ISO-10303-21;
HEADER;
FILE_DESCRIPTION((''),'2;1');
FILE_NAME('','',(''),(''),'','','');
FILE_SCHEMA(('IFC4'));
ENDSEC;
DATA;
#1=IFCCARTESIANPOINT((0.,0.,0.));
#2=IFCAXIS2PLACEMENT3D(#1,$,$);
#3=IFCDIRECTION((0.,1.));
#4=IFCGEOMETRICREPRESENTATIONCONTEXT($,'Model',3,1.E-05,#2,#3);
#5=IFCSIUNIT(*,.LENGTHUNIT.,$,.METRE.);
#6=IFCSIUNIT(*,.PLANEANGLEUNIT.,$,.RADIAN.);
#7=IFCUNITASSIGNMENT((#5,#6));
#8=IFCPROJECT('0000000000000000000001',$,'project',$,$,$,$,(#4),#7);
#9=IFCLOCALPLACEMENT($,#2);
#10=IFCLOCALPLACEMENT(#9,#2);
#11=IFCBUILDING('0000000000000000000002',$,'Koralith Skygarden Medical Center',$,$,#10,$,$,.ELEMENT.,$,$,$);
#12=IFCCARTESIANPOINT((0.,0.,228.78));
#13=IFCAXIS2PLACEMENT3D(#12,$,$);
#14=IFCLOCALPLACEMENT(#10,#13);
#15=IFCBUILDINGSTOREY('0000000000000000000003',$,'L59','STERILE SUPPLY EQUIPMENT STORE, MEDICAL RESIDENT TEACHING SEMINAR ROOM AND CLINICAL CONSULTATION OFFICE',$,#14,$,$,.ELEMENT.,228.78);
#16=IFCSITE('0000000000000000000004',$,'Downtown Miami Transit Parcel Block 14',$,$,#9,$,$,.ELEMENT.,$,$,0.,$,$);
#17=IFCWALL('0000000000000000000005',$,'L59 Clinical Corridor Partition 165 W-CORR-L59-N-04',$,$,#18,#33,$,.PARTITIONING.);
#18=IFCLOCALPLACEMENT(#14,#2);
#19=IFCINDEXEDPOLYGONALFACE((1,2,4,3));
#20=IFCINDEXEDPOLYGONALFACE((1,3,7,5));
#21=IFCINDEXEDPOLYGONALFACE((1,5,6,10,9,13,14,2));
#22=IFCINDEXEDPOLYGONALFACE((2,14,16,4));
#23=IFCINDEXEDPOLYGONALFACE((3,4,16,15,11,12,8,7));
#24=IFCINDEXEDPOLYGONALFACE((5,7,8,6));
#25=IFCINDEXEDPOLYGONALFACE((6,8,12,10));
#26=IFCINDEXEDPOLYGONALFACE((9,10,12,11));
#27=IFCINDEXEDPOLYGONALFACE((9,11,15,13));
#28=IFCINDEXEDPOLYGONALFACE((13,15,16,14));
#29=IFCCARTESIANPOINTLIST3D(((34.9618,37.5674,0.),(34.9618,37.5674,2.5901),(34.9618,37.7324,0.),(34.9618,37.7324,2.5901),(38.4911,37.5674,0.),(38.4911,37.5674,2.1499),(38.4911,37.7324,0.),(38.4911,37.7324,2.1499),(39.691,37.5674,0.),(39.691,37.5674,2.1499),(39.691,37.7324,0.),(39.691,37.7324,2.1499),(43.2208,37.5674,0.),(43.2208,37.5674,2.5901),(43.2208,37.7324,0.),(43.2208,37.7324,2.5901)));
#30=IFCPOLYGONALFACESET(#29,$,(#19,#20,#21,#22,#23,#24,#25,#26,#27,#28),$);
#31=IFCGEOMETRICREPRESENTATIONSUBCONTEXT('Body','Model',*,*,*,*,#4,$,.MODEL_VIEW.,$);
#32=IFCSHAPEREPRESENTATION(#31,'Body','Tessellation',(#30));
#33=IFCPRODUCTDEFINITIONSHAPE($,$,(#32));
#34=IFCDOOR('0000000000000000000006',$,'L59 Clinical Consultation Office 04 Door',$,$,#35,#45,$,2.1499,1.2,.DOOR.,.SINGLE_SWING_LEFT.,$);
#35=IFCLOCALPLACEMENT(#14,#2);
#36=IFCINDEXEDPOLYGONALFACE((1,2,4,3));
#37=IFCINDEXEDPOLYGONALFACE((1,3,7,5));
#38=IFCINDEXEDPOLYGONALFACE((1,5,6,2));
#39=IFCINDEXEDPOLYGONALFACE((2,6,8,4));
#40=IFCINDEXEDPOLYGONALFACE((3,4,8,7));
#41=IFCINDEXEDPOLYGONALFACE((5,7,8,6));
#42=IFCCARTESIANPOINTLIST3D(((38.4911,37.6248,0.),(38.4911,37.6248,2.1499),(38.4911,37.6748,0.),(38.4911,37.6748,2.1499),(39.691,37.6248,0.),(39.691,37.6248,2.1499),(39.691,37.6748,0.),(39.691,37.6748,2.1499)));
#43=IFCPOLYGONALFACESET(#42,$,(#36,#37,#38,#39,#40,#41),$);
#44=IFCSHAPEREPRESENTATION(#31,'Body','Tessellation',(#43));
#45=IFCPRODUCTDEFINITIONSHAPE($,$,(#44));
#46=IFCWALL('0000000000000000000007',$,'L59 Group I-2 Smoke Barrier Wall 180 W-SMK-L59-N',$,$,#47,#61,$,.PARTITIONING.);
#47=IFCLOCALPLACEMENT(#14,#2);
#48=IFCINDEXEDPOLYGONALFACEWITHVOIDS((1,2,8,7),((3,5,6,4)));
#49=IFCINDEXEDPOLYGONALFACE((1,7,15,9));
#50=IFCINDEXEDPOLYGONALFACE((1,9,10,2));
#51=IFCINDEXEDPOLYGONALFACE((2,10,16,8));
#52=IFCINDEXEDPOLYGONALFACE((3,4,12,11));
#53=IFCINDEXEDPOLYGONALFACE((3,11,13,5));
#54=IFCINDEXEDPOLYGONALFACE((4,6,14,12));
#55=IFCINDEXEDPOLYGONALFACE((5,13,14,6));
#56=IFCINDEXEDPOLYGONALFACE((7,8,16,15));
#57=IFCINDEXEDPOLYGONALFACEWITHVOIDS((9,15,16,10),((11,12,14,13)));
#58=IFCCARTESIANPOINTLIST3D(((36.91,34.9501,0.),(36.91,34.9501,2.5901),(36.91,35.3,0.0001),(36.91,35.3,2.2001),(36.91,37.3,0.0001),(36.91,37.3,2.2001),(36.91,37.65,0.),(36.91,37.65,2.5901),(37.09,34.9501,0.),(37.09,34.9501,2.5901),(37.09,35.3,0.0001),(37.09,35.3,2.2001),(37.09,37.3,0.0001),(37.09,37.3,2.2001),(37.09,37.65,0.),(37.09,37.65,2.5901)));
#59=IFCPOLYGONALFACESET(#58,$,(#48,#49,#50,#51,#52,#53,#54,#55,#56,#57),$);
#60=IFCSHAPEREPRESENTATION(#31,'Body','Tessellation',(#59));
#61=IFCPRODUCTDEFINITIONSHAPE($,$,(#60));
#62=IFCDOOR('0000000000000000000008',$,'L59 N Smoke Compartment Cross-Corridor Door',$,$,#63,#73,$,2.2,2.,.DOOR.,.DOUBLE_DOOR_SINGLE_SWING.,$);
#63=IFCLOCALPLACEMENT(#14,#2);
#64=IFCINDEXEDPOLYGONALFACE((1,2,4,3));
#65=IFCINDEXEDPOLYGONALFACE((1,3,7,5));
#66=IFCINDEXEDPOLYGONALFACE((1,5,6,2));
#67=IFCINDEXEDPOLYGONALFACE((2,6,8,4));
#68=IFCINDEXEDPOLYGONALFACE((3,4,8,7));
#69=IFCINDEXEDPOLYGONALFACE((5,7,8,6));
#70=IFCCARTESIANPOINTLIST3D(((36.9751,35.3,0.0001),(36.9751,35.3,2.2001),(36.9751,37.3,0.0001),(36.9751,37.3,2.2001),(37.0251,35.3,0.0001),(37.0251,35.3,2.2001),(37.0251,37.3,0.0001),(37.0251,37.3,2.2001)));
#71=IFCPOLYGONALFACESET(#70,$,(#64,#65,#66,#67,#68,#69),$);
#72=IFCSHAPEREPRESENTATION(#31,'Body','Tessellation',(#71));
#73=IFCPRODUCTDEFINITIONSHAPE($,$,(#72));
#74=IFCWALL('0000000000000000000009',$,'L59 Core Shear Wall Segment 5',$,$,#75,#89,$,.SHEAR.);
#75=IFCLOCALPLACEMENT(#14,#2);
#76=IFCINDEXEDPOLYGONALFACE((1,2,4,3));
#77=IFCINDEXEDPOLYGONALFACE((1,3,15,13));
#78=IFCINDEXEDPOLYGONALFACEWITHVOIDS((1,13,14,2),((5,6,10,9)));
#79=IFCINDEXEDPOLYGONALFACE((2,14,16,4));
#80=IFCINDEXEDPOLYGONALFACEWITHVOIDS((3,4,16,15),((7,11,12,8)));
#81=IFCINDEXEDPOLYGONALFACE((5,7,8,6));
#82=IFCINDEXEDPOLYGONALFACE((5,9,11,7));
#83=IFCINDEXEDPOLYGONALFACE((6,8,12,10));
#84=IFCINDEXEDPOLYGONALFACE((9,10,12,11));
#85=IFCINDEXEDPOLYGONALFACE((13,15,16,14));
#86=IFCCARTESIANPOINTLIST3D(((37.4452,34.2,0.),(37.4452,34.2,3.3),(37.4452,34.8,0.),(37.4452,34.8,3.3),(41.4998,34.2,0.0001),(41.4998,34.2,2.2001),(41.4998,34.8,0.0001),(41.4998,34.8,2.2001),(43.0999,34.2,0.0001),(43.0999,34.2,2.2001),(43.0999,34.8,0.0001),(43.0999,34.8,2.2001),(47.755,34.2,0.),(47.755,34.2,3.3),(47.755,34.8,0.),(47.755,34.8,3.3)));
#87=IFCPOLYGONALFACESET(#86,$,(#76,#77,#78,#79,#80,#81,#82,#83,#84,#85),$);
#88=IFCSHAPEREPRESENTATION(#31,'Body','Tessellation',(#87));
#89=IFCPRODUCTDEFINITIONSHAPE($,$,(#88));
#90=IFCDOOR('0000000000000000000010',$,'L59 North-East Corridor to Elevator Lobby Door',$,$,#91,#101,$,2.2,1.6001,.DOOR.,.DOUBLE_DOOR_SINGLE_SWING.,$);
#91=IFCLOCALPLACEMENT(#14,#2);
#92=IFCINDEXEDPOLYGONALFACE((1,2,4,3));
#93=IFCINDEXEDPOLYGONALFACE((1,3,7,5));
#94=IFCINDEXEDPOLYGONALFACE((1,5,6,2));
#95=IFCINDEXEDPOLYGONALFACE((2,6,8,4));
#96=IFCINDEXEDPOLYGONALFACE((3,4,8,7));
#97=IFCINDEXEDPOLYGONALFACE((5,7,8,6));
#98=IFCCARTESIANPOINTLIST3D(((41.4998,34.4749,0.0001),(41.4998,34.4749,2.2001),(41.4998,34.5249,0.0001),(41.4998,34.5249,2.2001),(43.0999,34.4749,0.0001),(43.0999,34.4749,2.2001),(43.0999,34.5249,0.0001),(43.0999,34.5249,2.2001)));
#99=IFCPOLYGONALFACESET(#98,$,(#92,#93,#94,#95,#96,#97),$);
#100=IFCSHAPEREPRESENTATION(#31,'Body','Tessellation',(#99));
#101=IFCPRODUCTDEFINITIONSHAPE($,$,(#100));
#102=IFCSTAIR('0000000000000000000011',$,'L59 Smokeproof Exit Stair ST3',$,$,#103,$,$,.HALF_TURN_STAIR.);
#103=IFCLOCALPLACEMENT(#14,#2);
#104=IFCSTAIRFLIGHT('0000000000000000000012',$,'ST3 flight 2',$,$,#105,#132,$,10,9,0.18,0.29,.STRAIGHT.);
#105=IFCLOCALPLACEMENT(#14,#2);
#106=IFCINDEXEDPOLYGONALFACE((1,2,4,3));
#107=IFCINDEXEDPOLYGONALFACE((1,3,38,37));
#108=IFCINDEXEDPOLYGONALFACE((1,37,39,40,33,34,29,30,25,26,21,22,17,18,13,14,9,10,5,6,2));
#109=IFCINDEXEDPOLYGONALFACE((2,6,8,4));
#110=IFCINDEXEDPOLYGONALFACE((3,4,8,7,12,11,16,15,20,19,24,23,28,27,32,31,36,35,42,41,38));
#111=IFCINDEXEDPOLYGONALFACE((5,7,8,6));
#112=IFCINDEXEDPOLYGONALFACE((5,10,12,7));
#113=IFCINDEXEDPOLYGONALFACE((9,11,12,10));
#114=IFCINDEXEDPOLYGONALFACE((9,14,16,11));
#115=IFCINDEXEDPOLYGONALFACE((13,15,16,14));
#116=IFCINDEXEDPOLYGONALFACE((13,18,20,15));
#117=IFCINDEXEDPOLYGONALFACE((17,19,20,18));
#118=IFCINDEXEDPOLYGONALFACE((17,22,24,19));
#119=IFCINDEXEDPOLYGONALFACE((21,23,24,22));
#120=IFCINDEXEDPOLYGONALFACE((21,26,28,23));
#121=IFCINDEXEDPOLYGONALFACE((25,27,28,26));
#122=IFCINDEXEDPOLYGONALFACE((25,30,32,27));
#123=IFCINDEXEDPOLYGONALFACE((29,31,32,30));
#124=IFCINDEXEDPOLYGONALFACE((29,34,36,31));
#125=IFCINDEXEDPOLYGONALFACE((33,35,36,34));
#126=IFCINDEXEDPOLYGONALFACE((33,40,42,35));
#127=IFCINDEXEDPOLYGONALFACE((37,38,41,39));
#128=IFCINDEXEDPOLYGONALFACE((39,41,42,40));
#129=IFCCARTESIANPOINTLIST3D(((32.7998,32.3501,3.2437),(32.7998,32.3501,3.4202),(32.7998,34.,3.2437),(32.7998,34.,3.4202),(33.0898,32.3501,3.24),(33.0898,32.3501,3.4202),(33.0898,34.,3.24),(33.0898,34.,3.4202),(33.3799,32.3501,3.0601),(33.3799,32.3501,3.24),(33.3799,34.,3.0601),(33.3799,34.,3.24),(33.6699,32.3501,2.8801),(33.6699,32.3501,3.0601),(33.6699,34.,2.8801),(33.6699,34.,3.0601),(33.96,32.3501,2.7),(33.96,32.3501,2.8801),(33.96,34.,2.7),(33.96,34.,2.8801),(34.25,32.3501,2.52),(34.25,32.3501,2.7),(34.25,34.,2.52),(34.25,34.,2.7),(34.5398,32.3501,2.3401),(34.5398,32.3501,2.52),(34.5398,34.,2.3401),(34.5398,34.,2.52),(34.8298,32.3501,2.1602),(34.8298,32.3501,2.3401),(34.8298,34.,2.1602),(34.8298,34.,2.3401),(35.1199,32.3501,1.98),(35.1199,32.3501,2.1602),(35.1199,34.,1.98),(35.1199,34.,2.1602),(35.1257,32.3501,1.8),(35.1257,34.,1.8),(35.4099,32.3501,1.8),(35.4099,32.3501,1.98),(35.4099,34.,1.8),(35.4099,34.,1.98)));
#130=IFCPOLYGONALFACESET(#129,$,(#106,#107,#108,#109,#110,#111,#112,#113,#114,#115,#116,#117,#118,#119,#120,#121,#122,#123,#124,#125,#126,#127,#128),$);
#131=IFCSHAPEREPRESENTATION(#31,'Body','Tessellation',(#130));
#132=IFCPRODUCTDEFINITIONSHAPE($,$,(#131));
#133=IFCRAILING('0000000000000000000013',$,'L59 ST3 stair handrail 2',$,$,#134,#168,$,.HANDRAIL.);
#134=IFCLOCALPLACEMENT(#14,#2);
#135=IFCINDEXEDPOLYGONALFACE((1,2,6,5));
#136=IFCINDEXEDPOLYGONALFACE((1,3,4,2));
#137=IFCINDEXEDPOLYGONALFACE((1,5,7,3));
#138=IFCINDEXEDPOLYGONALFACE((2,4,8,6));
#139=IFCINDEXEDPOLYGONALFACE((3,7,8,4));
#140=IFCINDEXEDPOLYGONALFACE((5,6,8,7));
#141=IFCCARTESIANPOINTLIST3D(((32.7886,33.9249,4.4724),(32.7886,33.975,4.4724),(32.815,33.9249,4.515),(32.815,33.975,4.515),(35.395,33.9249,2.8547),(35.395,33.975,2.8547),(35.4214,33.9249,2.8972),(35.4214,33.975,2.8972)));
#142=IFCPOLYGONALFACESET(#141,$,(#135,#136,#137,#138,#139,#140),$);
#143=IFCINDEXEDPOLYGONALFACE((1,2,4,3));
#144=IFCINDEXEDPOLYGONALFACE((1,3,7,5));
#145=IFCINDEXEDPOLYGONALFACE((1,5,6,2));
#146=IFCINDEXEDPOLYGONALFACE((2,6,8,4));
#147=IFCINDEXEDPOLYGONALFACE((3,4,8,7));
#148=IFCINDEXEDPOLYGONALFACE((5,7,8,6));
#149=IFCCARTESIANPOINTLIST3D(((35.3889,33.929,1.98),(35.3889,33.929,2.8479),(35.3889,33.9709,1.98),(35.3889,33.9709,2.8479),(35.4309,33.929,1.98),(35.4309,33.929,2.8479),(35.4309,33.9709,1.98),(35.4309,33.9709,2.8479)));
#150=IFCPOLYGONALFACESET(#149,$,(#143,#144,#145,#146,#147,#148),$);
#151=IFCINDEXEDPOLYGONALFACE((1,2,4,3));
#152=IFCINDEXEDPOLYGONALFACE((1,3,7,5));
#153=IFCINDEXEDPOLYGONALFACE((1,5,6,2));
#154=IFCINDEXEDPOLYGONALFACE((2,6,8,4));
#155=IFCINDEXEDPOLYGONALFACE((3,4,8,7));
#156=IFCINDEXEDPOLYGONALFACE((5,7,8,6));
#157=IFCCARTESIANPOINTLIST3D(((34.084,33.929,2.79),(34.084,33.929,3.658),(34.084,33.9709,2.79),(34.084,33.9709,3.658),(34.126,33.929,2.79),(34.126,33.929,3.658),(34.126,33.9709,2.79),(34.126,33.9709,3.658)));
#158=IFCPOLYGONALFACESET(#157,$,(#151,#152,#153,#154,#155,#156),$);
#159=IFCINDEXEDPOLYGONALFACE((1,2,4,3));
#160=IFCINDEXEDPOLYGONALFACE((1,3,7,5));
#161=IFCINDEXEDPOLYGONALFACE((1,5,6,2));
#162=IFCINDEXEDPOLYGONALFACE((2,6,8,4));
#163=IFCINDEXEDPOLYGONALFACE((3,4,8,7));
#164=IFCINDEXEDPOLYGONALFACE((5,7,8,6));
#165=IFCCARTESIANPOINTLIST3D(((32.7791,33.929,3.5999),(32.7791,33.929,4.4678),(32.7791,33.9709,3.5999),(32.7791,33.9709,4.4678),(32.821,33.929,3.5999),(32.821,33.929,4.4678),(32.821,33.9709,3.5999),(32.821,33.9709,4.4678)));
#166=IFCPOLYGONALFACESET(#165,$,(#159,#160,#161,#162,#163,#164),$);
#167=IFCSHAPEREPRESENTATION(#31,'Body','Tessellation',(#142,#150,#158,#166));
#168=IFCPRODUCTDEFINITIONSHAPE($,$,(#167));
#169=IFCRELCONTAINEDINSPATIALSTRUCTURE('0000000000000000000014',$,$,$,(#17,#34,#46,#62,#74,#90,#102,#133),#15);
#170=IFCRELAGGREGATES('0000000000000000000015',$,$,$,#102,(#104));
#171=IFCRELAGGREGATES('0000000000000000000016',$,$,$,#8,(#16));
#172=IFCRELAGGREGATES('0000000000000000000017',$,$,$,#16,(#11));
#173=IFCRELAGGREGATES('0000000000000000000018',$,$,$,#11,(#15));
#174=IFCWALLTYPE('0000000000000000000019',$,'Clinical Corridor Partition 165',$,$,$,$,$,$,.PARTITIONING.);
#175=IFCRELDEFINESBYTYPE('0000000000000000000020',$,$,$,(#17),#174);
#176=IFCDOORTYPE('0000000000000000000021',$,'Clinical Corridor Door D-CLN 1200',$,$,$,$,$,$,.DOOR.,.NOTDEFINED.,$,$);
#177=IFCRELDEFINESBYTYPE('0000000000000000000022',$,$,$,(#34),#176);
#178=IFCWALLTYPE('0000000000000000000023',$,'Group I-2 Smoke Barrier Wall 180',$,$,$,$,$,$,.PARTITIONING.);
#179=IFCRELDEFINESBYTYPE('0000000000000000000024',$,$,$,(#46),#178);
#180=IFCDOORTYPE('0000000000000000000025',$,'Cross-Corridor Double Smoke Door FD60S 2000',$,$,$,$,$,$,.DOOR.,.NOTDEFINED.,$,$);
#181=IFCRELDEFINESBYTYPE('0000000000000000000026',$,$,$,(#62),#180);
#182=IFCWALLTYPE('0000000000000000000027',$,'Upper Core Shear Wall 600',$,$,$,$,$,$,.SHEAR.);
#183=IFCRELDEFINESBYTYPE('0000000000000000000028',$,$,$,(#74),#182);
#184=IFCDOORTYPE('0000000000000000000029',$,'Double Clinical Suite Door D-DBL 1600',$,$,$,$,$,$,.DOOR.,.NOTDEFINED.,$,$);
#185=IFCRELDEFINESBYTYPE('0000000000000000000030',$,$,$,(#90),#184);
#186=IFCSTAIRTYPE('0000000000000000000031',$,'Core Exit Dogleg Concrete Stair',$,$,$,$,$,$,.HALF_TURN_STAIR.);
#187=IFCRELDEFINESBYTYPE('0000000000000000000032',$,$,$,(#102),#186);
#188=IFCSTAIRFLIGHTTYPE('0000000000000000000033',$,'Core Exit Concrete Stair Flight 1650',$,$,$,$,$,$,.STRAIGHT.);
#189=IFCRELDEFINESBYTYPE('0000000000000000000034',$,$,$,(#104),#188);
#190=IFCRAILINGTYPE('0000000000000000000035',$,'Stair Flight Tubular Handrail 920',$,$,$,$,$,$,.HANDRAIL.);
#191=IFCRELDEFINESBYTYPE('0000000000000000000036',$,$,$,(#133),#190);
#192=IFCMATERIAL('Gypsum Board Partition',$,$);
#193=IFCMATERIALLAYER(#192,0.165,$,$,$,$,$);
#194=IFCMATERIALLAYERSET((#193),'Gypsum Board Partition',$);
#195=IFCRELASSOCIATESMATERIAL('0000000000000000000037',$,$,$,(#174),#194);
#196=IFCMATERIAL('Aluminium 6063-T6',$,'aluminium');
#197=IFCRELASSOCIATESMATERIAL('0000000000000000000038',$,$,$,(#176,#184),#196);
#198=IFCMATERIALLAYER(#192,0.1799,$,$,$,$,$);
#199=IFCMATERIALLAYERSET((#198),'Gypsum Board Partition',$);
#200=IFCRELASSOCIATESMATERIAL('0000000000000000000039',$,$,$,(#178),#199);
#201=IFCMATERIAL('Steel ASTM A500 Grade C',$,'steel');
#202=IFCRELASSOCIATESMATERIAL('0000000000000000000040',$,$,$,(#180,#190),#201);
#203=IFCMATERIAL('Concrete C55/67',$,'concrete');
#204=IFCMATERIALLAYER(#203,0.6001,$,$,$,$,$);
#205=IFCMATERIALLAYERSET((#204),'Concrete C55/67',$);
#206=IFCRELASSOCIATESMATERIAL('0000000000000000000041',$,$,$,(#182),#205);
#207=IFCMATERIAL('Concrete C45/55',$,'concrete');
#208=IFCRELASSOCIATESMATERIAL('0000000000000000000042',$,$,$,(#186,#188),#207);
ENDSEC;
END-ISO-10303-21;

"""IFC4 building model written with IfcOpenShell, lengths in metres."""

from ifc_helpers import new_model, si_unit, direction, frame, frame_2d, origin, origin_2d, place, context, subcontext, project, spatial, polyline, rectangle, outline, extrude, material, layer, layer_set, type_object, element, fill, aggregate, save


model = new_model("IFC4")

# Units and contexts
model_context = context("Model", 3, precision=1e-05, world=origin(), true_north=direction((0.0, 1.0)))
body_context = subcontext(model_context, "Body", "Model", "MODEL_VIEW")
ifc_project = project(units=[si_unit("LENGTHUNIT", "METRE"), si_unit("PLANEANGLEUNIT", "RADIAN")], contexts=[model_context])

# Site, building, storey
site_placement = place(None, origin())
site = spatial("IfcSite", under=ifc_project, at=site_placement, Name="Downtown Miami Transit Parcel Block 14", CompositionType="ELEMENT", RefElevation=0.0)
building_placement = place(site_placement, origin())
building = spatial("IfcBuilding", under=site, at=building_placement, Name="Koralith Skygarden Medical Center", CompositionType="ELEMENT")
storey_placement = place(building_placement, frame((0.0, 0.0, 228.78)))
storey = spatial("IfcBuildingStorey", under=building, at=storey_placement, Name="L59", Description="STERILE SUPPLY EQUIPMENT STORE, MEDICAL RESIDENT TEACHING SEMINAR ROOM AND CLINICAL CONSULTATION OFFICE", CompositionType="ELEMENT", Elevation=228.78)

# Shared definitions
ifc_material_1 = material(Name="Concrete C55/67", Category="concrete")

# Shared definitions
ifc_material_2 = material(Name="Aluminium 6063-T6", Category="aluminium")

# Shared definitions
ifc_material_3 = material(Name="Concrete C45/55", Category="concrete")

# Shared definitions
ifc_material_4 = material(Name="Gypsum Board Partition")

# Walls, openings, doors
ifc_layer_1 = layer(ifc_material_4, 0.165)
ifc_layer_set_1 = layer_set([ifc_layer_1], Name="Gypsum Board Partition")
wall_type_1 = type_object("IfcWallType", Name="Clinical Corridor Partition 165", PredefinedType="PARTITIONING", material=ifc_layer_set_1)
wall_1_placement = place(storey_placement, frame((34.9619, 37.6499, 0.0), z_axis=(0.0, 0.0, 1.0), x_axis=(1.0, 0.0, 0.0)))
wall_1 = element("IfcWall", 1, at=wall_1_placement, inside=storey, type_object=wall_type_1, Name="L59 Clinical Corridor Partition 165 W-CORR-L59-N-04", PredefinedType="PARTITIONING", context=body_context, shape_type="SweptSolid", body=[
    extrude(rectangle(XDim=8.259, YDim=0.165, at=frame_2d((4.1294, 0.0))), origin(), (0.0, 0.0, 1.0), 2.5901),
])
opening_1_placement = place(wall_1_placement, frame((3.5291, 0.0, 0.0)))
opening_1 = element("IfcOpeningElement", 2, at=opening_1_placement, cuts=wall_1, PredefinedType="OPENING", context=body_context, shape_type="SweptSolid", body=[
    extrude(rectangle(XDim=1.2, YDim=2.1499, at=frame_2d((0.6001, 1.075))), frame((0.0, 0.0925, 0.0), z_axis=(0.0, -1.0, 0.0), x_axis=(1.0, 0.0, 0.0)), (0.0, 0.0, 1.0), 0.1851),
])
door_type_1 = type_object("IfcDoorType", Name="Clinical Corridor Door D-CLN 1200", OperationType="NOTDEFINED", PredefinedType="DOOR", material=ifc_material_2)
door_1_placement = place(opening_1_placement, origin())
door_1 = element("IfcDoor", 3, at=door_1_placement, inside=storey, type_object=door_type_1, Name="L59 Clinical Consultation Office 04 Door", OperationType="SINGLE_SWING_LEFT", OverallHeight=2.1499, OverallWidth=1.2, PredefinedType="DOOR", context=body_context, shape_type="SweptSolid", body=[
    extrude(rectangle(XDim=1.2, YDim=2.1499, at=frame_2d((0.6001, 1.075))), frame((0.0, 0.0249, 0.0), z_axis=(0.0, -1.0, 0.0), x_axis=(1.0, 0.0, 0.0)), (0.0, 0.0, 1.0), 0.05),
])
fill(opening_1, door_1)
ifc_layer_2 = layer(ifc_material_4, 0.1799)
ifc_layer_set_2 = layer_set([ifc_layer_2], Name="Gypsum Board Partition")
wall_type_2 = type_object("IfcWallType", Name="Group I-2 Smoke Barrier Wall 180", PredefinedType="PARTITIONING", material=ifc_layer_set_2)
wall_2_placement = place(storey_placement, frame((37.0, 34.95, 0.0), z_axis=(0.0, 0.0, 1.0), x_axis=(0.0, 1.0, 0.0)))
wall_2 = element("IfcWall", 4, at=wall_2_placement, inside=storey, type_object=wall_type_2, Name="L59 Group I-2 Smoke Barrier Wall 180 W-SMK-L59-N", PredefinedType="PARTITIONING", context=body_context, shape_type="SweptSolid", body=[
    extrude(rectangle(XDim=2.7, YDim=0.1799, at=frame_2d((1.3501, 0.0))), origin(), (0.0, 0.0, 1.0), 2.5901),
])
opening_2_placement = place(wall_2_placement, frame((0.3501, 0.0, 0.0)))
opening_2 = element("IfcOpeningElement", 5, at=opening_2_placement, cuts=wall_2, PredefinedType="OPENING", context=body_context, shape_type="SweptSolid", body=[
    extrude(rectangle(XDim=2.0, YDim=2.2, at=frame_2d((1.0, 1.1001))), frame((0.0, 0.0999, 0.0), z_axis=(0.0, -1.0, 0.0), x_axis=(1.0, 0.0, 0.0)), (0.0, 0.0, 1.0), 0.2),
])
ifc_material_5 = material(Name="Steel ASTM A500 Grade C", Category="steel")
door_type_2 = type_object("IfcDoorType", Name="Cross-Corridor Double Smoke Door FD60S 2000", OperationType="NOTDEFINED", PredefinedType="DOOR", material=ifc_material_5)
door_2_placement = place(opening_2_placement, origin())
door_2 = element("IfcDoor", 6, at=door_2_placement, inside=storey, type_object=door_type_2, Name="L59 N Smoke Compartment Cross-Corridor Door", OperationType="DOUBLE_DOOR_SINGLE_SWING", OverallHeight=2.2, OverallWidth=2.0, PredefinedType="DOOR", context=body_context, shape_type="SweptSolid", body=[
    extrude(rectangle(XDim=2.0, YDim=2.2, at=frame_2d((1.0, 1.1001))), frame((0.0, 0.0249, 0.0), z_axis=(0.0, -1.0, 0.0), x_axis=(1.0, 0.0, 0.0)), (0.0, 0.0, 1.0), 0.05),
])
fill(opening_2, door_2)
ifc_layer_3 = layer(ifc_material_1, 0.6001)
ifc_layer_set_3 = layer_set([ifc_layer_3], Name="Concrete C55/67")
wall_type_3 = type_object("IfcWallType", Name="Upper Core Shear Wall 600", PredefinedType="SHEAR", material=ifc_layer_set_3)
wall_3_placement = place(storey_placement, frame((47.7549, 34.5, 0.0), z_axis=(0.0, 0.0, 1.0), x_axis=(-1.0, 0.0, 0.0)))
wall_3 = element("IfcWall", 7, at=wall_3_placement, inside=storey, type_object=wall_type_3, Name="L59 Core Shear Wall Segment 5", PredefinedType="SHEAR", context=body_context, shape_type="SweptSolid", body=[
    extrude(rectangle(XDim=10.3098, YDim=0.6001, at=frame_2d((5.1548, 0.0))), origin(), (0.0, 0.0, 1.0), 3.3),
])
opening_3_placement = place(wall_3_placement, frame((4.655, 0.0, 0.0)))
opening_3 = element("IfcOpeningElement", 8, at=opening_3_placement, cuts=wall_3, PredefinedType="OPENING", context=body_context, shape_type="SweptSolid", body=[
    extrude(rectangle(XDim=1.6001, YDim=2.2, at=frame_2d((0.8, 1.1001))), frame((0.0, 0.3101, 0.0), z_axis=(0.0, -1.0, 0.0), x_axis=(1.0, 0.0, 0.0)), (0.0, 0.0, 1.0), 0.6201),
])
door_type_3 = type_object("IfcDoorType", Name="Double Clinical Suite Door D-DBL 1600", OperationType="NOTDEFINED", PredefinedType="DOOR", material=ifc_material_2)
door_3_placement = place(opening_3_placement, frame((1.6001, 0.0, 0.0), z_axis=(0.0, 0.0, 1.0), x_axis=(-1.0, 0.0, 0.0)))
door_3 = element("IfcDoor", 9, at=door_3_placement, inside=storey, type_object=door_type_3, Name="L59 North-East Corridor to Elevator Lobby Door", OperationType="DOUBLE_DOOR_SINGLE_SWING", OverallHeight=2.2, OverallWidth=1.6001, PredefinedType="DOOR", context=body_context, shape_type="SweptSolid", body=[
    extrude(rectangle(XDim=1.6001, YDim=2.2, at=frame_2d((0.8, 1.1001))), frame((0.0, 0.0249, 0.0), z_axis=(0.0, -1.0, 0.0), x_axis=(1.0, 0.0, 0.0)), (0.0, 0.0, 1.0), 0.05),
])
fill(opening_3, door_3)

# Stair, stair flight
stair_type = type_object("IfcStairType", Name="Core Exit Dogleg Concrete Stair", PredefinedType="HALF_TURN_STAIR", material=ifc_material_3)
stair_placement = place(storey_placement, origin())
stair = element("IfcStair", 10, at=stair_placement, inside=storey, type_object=stair_type, Name="L59 Smokeproof Exit Stair ST3", PredefinedType="HALF_TURN_STAIR")
stair_flight_type = type_object("IfcStairFlightType", Name="Core Exit Concrete Stair Flight 1650", PredefinedType="STRAIGHT", material=ifc_material_3)
stair_flight_placement = place(storey_placement, frame((35.4099, 33.175, 1.8), z_axis=(0.0, 0.0, 1.0), x_axis=(-1.0, 0.0, 0.0)))
stair_flight = element("IfcStairFlight", 11, at=stair_flight_placement, type_object=stair_flight_type, Name="ST3 flight 2", NumberOfRisers=10, NumberOfTreads=9, PredefinedType="STRAIGHT", RiserHeight=0.18, TreadLength=0.29, context=body_context, shape_type="SweptSolid", body=[
    extrude(outline(polyline([(0.0, 0.0), (0.0, 0.1799), (0.29, 0.1799), (0.29, 0.3601), (0.5801, 0.3601), (0.5801, 0.54), (0.8701, 0.54), (0.8701, 0.72), (1.1599, 0.72), (1.1599, 0.8999), (1.45, 0.8999), (1.45, 1.0801), (1.74, 1.0801), (1.74, 1.26), (2.03, 1.26), (2.03, 1.4399), (2.3201, 1.4399), (2.3201, 1.6201), (2.6101, 1.6201), (2.6101, 1.8), (2.6101, 1.4436), (0.2842, 0.0), (0.0, 0.0)])), frame((0.0, 0.825, 0.0), z_axis=(0.0, -1.0, 0.0), x_axis=(1.0, 0.0, 0.0)), (0.0, 0.0, 1.0), 1.6499),
])
aggregate(stair, [stair_flight])

# Railing
railing_type = type_object("IfcRailingType", Name="Stair Flight Tubular Handrail 920", PredefinedType="HANDRAIL", material=ifc_material_5)
railing_placement = place(storey_placement, frame((35.4099, 33.95, 1.98)))
element("IfcRailing", 12, at=railing_placement, inside=storey, type_object=railing_type, Name="L59 ST3 stair handrail 2", PredefinedType="HANDRAIL", context=body_context, shape_type="SweptSolid", body=[
    extrude(rectangle(XDim=0.05, YDim=0.05, at=origin_2d()), frame((-0.0017, 0.0, 0.896), z_axis=(-0.849646, 0.0, 0.527353), x_axis=(0.0, -1.0, 0.0)), (0.0, 0.0, 1.0), 3.0676),
    extrude(rectangle(XDim=0.042, YDim=0.042, at=origin_2d()), origin(), (0.0, 0.0, 1.0), 0.8679),
    extrude(rectangle(XDim=0.042, YDim=0.042, at=origin_2d()), frame((-1.3049, 0.0, 0.8101)), (0.0, 0.0, 1.0), 0.8679),
    extrude(rectangle(XDim=0.042, YDim=0.042, at=origin_2d()), frame((-2.6099, 0.0, 1.6199)), (0.0, 0.0, 1.0), 0.8679),
])

save(model, "model.ifc")
